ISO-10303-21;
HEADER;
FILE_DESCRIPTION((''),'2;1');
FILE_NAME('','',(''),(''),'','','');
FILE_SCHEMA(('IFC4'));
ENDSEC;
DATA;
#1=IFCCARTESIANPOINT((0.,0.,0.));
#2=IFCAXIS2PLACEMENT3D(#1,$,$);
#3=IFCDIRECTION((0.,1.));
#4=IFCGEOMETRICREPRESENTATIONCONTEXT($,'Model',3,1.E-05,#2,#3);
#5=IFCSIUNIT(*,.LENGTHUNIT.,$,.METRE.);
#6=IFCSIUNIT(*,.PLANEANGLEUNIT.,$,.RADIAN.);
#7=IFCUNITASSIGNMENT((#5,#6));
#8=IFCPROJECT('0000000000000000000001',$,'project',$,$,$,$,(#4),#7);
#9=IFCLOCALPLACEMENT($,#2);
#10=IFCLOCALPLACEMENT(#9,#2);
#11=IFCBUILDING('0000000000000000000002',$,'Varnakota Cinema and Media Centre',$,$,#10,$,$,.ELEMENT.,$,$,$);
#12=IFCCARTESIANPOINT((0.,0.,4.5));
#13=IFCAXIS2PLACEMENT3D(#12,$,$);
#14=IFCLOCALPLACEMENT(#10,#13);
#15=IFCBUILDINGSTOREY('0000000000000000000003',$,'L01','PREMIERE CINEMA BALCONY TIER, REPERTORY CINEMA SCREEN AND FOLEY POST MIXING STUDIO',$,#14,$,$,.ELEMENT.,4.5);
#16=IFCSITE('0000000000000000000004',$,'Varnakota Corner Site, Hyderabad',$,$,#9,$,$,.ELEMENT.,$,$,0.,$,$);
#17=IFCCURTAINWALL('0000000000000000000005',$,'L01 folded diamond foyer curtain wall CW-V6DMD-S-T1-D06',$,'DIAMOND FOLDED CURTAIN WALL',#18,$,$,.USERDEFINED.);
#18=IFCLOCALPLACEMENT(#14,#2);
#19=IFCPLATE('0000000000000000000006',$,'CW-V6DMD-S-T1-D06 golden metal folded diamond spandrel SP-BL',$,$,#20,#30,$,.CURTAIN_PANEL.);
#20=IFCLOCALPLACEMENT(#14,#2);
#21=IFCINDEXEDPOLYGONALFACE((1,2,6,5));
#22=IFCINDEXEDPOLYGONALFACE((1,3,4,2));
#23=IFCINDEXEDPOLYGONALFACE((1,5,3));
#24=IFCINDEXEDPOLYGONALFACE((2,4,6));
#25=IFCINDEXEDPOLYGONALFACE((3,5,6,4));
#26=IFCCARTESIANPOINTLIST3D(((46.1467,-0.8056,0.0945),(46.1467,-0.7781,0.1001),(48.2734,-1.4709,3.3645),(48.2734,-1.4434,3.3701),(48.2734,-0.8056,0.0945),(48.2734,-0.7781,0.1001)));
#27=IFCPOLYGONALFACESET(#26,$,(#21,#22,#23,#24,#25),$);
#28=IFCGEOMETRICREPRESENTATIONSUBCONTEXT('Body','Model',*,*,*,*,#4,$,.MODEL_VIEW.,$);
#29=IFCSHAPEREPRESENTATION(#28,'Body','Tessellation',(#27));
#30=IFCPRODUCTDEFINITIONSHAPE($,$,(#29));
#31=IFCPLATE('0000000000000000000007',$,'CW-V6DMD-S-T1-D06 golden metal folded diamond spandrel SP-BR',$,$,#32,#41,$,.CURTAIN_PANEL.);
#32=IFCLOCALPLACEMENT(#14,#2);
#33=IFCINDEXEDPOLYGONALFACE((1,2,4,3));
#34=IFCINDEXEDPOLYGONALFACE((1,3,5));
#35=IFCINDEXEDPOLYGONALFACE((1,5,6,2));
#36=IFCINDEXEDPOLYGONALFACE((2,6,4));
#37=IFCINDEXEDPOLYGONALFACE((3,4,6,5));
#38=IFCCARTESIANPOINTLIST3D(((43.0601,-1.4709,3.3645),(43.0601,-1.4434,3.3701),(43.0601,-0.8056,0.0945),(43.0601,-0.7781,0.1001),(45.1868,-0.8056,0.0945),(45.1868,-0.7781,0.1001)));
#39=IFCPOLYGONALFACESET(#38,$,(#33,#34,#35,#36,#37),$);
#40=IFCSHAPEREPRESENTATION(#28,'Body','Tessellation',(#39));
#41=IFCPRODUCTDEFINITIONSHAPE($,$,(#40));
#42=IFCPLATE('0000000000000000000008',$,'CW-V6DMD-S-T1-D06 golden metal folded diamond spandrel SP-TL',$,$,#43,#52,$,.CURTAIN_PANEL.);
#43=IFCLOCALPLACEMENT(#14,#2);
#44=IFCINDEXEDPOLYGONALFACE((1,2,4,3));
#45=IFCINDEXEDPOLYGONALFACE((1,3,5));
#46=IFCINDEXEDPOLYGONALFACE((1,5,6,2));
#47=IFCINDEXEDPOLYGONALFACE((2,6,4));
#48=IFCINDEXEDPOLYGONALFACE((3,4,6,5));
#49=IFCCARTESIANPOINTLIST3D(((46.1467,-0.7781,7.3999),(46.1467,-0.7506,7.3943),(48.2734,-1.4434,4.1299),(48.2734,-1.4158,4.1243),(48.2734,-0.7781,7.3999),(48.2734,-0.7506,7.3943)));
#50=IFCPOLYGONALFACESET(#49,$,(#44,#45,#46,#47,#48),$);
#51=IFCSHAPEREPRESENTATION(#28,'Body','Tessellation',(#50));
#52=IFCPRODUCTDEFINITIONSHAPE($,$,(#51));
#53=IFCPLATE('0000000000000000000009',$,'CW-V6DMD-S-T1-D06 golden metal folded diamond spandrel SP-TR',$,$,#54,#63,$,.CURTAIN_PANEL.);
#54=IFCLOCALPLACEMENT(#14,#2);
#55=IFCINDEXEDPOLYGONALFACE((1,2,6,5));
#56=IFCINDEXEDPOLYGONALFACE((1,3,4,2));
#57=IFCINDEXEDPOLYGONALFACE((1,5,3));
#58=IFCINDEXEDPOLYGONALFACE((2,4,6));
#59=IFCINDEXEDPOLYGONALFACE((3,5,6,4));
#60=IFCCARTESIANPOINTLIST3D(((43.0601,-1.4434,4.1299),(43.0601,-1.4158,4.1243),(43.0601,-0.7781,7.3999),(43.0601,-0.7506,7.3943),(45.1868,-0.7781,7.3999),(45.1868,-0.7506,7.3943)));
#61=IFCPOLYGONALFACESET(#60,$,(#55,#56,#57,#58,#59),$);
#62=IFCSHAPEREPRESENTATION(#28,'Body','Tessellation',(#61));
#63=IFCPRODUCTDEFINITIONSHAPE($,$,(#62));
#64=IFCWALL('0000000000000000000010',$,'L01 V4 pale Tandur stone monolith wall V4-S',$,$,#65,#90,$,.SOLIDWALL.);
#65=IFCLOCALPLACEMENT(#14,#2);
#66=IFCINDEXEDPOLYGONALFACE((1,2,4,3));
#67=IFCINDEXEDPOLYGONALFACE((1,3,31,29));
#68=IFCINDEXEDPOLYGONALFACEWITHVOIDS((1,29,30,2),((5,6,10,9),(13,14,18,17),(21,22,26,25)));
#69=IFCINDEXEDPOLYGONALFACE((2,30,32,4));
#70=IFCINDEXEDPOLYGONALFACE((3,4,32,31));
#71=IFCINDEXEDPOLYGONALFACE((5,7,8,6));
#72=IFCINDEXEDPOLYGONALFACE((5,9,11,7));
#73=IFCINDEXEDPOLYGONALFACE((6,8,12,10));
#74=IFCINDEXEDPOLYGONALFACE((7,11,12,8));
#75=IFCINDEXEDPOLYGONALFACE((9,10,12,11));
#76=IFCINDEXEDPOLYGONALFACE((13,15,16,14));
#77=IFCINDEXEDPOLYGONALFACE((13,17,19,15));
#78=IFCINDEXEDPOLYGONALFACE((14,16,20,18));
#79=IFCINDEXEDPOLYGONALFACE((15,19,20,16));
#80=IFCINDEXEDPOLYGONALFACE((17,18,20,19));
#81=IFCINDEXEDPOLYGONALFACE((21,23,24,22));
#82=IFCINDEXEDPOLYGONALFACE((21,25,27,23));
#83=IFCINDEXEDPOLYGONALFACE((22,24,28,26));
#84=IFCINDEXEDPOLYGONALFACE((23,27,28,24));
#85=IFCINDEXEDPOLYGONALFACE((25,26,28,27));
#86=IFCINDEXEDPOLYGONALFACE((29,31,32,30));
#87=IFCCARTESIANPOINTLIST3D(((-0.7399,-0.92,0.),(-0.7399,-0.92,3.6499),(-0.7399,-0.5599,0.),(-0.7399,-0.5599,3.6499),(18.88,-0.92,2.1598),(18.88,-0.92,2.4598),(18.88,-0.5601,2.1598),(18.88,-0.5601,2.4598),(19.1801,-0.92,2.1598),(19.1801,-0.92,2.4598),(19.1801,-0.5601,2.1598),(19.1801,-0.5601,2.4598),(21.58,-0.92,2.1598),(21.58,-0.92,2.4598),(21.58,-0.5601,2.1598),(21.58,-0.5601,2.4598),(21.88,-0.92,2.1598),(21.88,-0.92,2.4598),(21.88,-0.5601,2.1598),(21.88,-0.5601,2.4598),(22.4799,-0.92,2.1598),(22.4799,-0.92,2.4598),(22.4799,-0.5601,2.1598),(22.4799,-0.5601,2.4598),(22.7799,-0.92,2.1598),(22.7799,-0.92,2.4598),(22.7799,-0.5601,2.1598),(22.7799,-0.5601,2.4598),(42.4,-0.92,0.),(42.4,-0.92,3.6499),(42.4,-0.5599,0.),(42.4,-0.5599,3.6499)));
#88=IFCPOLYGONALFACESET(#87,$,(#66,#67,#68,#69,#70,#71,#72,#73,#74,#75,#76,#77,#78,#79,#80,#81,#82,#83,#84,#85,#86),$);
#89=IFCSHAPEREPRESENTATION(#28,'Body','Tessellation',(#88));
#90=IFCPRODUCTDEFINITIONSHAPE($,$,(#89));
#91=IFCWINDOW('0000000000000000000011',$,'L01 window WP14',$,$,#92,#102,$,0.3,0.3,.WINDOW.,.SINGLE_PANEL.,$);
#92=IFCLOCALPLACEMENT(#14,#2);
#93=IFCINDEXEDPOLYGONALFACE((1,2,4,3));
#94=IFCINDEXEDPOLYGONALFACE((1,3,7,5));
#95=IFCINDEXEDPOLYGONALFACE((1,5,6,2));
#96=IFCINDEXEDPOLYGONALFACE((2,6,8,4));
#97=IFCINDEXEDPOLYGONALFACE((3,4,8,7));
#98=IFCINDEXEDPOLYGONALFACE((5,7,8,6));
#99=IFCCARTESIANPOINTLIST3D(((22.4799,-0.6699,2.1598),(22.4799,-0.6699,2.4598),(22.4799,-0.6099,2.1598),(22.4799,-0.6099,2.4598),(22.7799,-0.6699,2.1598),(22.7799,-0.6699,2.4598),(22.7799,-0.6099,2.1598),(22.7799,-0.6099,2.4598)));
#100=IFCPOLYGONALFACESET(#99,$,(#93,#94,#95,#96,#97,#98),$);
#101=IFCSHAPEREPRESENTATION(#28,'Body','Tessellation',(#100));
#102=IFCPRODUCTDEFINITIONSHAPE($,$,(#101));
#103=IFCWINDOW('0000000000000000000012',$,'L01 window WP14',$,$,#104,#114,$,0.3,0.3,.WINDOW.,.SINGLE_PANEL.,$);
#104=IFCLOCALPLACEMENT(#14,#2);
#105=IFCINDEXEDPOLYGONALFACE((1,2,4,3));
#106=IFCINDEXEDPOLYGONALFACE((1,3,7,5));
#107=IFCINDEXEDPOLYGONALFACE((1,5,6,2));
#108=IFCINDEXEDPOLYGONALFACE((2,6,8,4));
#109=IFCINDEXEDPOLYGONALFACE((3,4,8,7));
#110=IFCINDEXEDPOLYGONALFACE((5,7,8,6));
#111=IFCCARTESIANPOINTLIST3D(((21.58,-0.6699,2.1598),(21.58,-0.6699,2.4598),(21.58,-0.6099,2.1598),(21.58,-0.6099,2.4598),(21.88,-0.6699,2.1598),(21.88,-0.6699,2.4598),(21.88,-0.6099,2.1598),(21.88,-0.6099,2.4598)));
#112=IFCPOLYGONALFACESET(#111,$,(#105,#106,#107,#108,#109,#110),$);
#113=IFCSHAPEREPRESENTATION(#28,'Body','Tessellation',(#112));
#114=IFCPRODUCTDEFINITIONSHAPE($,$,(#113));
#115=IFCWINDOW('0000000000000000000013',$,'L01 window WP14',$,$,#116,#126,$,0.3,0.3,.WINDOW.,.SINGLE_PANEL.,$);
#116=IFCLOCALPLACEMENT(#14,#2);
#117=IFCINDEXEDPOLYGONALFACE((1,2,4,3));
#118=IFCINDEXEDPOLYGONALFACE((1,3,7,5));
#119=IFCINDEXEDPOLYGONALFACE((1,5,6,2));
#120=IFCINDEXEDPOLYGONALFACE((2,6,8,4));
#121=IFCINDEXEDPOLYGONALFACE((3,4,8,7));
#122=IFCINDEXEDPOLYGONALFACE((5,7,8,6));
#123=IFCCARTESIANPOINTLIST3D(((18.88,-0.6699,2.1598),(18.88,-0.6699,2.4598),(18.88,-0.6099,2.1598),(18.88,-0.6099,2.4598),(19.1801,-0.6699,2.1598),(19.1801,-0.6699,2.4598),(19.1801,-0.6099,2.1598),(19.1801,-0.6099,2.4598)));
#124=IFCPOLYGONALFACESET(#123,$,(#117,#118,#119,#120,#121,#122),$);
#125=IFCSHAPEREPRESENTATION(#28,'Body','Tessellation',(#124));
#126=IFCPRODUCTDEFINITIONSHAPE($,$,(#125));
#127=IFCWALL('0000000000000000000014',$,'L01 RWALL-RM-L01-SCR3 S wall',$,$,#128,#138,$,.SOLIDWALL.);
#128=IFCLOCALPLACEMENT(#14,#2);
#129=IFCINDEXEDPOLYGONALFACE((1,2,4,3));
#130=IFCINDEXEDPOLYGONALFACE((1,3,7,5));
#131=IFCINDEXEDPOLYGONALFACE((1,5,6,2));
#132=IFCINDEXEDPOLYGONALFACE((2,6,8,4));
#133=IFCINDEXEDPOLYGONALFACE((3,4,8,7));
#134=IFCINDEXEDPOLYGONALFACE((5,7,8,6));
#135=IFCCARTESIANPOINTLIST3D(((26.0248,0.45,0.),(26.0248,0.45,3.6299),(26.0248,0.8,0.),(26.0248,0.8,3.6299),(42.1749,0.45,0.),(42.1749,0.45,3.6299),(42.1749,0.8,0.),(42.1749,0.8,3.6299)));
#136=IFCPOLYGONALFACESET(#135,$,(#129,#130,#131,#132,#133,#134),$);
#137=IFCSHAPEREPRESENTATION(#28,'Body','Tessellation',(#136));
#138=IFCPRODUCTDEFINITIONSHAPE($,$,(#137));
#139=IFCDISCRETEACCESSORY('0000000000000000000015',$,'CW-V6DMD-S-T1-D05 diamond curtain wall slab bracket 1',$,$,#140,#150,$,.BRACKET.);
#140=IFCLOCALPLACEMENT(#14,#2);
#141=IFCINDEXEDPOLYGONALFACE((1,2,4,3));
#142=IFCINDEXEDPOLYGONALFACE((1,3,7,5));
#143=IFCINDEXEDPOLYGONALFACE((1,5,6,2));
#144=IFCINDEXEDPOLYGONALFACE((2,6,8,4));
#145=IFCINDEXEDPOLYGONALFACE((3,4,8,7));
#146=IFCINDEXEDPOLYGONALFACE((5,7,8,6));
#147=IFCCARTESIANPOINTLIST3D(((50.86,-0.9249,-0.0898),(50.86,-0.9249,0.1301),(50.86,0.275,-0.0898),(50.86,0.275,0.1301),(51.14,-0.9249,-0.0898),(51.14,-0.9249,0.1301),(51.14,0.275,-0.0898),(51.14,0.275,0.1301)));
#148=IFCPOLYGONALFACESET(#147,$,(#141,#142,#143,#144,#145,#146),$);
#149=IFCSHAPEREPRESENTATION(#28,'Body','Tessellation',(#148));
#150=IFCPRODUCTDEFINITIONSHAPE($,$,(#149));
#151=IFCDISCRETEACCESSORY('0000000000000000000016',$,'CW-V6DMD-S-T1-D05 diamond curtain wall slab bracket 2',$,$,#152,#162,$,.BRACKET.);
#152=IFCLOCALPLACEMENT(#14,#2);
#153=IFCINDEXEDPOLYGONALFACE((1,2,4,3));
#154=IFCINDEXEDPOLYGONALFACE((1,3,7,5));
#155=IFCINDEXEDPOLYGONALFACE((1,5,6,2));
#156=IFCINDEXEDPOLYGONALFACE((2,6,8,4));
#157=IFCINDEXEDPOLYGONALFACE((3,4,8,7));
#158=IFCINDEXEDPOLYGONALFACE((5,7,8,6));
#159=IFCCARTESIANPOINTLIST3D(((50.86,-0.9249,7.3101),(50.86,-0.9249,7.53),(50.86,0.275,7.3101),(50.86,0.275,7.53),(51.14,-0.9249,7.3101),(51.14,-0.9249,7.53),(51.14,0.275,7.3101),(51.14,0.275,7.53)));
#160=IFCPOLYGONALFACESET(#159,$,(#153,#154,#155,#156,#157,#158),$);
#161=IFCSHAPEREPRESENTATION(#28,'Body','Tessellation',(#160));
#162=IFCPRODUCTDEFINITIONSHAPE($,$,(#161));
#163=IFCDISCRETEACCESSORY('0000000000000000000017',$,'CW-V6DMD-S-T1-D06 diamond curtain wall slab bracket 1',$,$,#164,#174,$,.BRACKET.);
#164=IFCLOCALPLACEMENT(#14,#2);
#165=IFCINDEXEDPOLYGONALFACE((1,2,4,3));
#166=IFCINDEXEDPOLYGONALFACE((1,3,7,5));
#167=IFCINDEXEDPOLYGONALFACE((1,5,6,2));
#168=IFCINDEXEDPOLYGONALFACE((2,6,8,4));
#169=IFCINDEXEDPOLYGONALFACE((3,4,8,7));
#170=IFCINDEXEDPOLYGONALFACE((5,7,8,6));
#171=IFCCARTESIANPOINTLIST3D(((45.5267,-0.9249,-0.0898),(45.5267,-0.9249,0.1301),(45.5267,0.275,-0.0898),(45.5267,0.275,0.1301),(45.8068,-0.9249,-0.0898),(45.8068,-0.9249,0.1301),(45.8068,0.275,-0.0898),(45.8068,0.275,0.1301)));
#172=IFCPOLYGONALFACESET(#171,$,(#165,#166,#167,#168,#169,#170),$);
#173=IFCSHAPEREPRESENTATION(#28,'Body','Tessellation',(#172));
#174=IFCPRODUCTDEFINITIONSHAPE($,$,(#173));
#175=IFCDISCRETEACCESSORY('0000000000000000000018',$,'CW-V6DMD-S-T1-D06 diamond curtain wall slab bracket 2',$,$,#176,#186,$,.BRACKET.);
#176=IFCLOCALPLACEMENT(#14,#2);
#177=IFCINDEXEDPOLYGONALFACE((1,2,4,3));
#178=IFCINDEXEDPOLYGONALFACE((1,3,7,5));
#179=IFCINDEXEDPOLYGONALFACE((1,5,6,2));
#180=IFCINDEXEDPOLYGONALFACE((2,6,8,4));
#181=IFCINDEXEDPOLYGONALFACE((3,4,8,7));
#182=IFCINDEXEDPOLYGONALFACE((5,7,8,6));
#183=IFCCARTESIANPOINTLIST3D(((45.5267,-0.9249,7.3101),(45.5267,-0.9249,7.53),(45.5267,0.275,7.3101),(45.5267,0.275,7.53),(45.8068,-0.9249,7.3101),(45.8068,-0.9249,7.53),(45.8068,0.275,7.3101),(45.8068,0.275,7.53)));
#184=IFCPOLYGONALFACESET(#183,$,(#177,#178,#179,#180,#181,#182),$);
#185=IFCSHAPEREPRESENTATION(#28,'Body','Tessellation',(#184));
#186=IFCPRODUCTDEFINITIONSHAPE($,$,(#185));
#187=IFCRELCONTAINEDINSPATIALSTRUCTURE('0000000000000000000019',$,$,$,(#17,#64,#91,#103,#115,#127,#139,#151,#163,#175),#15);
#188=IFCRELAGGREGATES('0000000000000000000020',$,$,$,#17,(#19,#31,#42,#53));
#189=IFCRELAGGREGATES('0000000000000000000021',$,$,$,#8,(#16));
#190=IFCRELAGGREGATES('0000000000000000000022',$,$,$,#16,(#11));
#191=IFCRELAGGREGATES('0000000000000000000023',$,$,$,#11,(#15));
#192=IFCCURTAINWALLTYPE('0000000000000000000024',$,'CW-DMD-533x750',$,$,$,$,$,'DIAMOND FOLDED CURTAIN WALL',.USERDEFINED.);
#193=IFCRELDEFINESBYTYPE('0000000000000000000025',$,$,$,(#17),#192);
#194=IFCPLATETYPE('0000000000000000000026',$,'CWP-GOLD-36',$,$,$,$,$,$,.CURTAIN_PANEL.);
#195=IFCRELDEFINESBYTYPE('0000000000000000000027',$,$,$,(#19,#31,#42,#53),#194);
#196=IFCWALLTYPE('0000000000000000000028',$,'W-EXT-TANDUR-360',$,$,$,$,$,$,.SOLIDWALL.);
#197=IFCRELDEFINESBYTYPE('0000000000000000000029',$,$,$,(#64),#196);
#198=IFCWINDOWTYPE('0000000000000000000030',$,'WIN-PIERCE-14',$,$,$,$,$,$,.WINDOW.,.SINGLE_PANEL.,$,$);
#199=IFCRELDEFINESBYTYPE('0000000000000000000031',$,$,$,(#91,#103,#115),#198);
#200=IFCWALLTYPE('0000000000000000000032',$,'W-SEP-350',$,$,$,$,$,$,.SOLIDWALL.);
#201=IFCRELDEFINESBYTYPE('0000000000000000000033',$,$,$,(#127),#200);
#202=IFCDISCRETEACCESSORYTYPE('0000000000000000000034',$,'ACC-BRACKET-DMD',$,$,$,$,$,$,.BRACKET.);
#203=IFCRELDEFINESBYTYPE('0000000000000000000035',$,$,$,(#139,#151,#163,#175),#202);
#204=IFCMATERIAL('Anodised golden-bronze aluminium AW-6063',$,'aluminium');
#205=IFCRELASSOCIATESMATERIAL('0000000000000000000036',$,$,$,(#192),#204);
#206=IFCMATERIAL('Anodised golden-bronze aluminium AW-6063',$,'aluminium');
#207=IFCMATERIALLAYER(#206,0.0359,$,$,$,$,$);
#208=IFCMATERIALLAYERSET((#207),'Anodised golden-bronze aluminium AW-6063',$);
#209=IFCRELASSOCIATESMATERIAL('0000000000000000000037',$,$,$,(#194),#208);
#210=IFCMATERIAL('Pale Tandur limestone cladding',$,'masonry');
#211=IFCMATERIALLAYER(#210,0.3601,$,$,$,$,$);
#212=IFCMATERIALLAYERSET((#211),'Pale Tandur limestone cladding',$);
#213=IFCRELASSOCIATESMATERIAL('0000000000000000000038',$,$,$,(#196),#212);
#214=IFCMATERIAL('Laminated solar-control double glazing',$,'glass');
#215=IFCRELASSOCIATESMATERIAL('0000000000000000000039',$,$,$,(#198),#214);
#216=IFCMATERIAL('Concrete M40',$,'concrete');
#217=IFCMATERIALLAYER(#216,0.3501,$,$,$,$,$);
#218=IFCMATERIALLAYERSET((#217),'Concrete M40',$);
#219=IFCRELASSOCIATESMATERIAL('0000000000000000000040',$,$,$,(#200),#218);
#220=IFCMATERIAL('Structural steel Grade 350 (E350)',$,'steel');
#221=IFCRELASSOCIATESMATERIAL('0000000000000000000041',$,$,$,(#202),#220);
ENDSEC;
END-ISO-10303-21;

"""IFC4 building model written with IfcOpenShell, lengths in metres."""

from ifc_helpers import new_model, si_unit, direction, frame, frame_2d, origin, origin_2d, place, context, subcontext, project, spatial, polyline, rectangle, outline, extrude, material, layer, layer_set, type_object, element, fill, aggregate, save


model = new_model("IFC4")

# Units and contexts
model_context = context("Model", 3, precision=1e-05, world=origin(), true_north=direction((0.0, 1.0)))
body_context = subcontext(model_context, "Body", "Model", "MODEL_VIEW")
ifc_project = project(units=[si_unit("LENGTHUNIT", "METRE"), si_unit("PLANEANGLEUNIT", "RADIAN")], contexts=[model_context])

# Site, building, storey
site_placement = place(None, origin())
site = spatial("IfcSite", under=ifc_project, at=site_placement, Name="Varnakota Corner Site, Hyderabad", CompositionType="ELEMENT", RefElevation=0.0)
building_placement = place(site_placement, origin())
building = spatial("IfcBuilding", under=site, at=building_placement, Name="Varnakota Cinema and Media Centre", CompositionType="ELEMENT")
storey_placement = place(building_placement, frame((0.0, 0.0, 4.5)))
storey = spatial("IfcBuildingStorey", under=building, at=storey_placement, Name="L01", Description="PREMIERE CINEMA BALCONY TIER, REPERTORY CINEMA SCREEN AND FOLEY POST MIXING STUDIO", CompositionType="ELEMENT", Elevation=4.5)

# Shared definitions
ifc_material_1 = material(Name="Anodised golden-bronze aluminium AW-6063", Category="aluminium")
curtain_wall_type = type_object("IfcCurtainWallType", Name="CW-DMD-533x750", ElementType="DIAMOND FOLDED CURTAIN WALL", PredefinedType="USERDEFINED", material=ifc_material_1)

# Curtain wall
curtain_wall_1_placement = place(storey_placement, origin())
curtain_wall_1 = element("IfcCurtainWall", 1, at=curtain_wall_1_placement, inside=storey, type_object=curtain_wall_type, Name="L01 folded diamond foyer curtain wall CW-V6DMD-S-T1-D06", ObjectType="DIAMOND FOLDED CURTAIN WALL", PredefinedType="USERDEFINED")

# Plates
ifc_material_2 = material(Name="Anodised golden-bronze aluminium AW-6063", Category="aluminium")
ifc_layer_1 = layer(ifc_material_2, 0.0359)
ifc_layer_set_1 = layer_set([ifc_layer_1], Name="Anodised golden-bronze aluminium AW-6063")
plate_type_1 = type_object("IfcPlateType", Name="CWP-GOLD-36", PredefinedType="CURTAIN_PANEL", material=ifc_layer_set_1)
plate_1_placement = place(storey_placement, frame((48.2734, -0.7781, 0.1001), z_axis=(0.0, 0.979925, 0.199365), x_axis=(-1.0, 0.0, 0.0)))
plate_1 = element("IfcPlate", 2, at=plate_1_placement, type_object=plate_type_1, Name="CW-V6DMD-S-T1-D06 golden metal folded diamond spandrel SP-BL", PredefinedType="CURTAIN_PANEL", context=body_context, shape_type="SweptSolid", body=[
    extrude(outline(polyline([(0.0, 0.0), (2.1267, 0.0), (0.0, 3.337), (0.0, 0.0)])), origin(), (0.0, 0.0, -1.0), 0.0281),
])
plate_2_placement = place(storey_placement, frame((45.1868, -0.7781, 0.1001), z_axis=(0.0, 0.979925, 0.199365), x_axis=(-1.0, 0.0, 0.0)))
plate_2 = element("IfcPlate", 3, at=plate_2_placement, type_object=plate_type_1, Name="CW-V6DMD-S-T1-D06 golden metal folded diamond spandrel SP-BR", PredefinedType="CURTAIN_PANEL", context=body_context, shape_type="SweptSolid", body=[
    extrude(outline(polyline([(0.0, 0.0), (2.1267, 0.0), (2.1267, 3.337), (0.0, 0.0)])), origin(), (0.0, 0.0, -1.0), 0.0281),
])
plate_3_placement = place(storey_placement, frame((48.2734, -1.4434, 4.1299), z_axis=(0.0, -0.979925, 0.199365), x_axis=(-0.537443, 0.168125, 0.826371)))
plate_3 = element("IfcPlate", 4, at=plate_3_placement, type_object=plate_type_1, Name="CW-V6DMD-S-T1-D06 golden metal folded diamond spandrel SP-TL", PredefinedType="CURTAIN_PANEL", context=body_context, shape_type="SweptSolid", body=[
    extrude(outline(polyline([(0.0, 0.0), (3.9571, 0.0), (2.8141, -1.7935), (0.0, 0.0)])), origin(), (0.0, 0.0, -1.0), 0.0281),
])
plate_4_placement = place(storey_placement, frame((43.0601, -1.4434, 4.1299), z_axis=(0.0, -0.979925, 0.199365), x_axis=(0.0, 0.199365, 0.979925)))
plate_4 = element("IfcPlate", 5, at=plate_4_placement, type_object=plate_type_1, Name="CW-V6DMD-S-T1-D06 golden metal folded diamond spandrel SP-TR", PredefinedType="CURTAIN_PANEL", context=body_context, shape_type="SweptSolid", body=[
    extrude(outline(polyline([(0.0, 0.0), (3.337, 0.0), (3.337, -2.1267), (0.0, 0.0)])), origin(), (0.0, 0.0, -1.0), 0.0281),
])
aggregate(curtain_wall_1, [plate_1, plate_2, plate_3, plate_4])

# Wall, openings, windows
ifc_material_3 = material(Name="Pale Tandur limestone cladding", Category="masonry")
ifc_layer_2 = layer(ifc_material_3, 0.3601)
ifc_layer_set_2 = layer_set([ifc_layer_2], Name="Pale Tandur limestone cladding")
wall_type_1 = type_object("IfcWallType", Name="W-EXT-TANDUR-360", PredefinedType="SOLIDWALL", material=ifc_layer_set_2)
wall_1_placement = place(storey_placement, frame((42.3999, -0.74, 0.0), z_axis=(0.0, 0.0, 1.0), x_axis=(-1.0, 0.0, 0.0)))
wall_1 = element("IfcWall", 6, at=wall_1_placement, inside=storey, type_object=wall_type_1, Name="L01 V4 pale Tandur stone monolith wall V4-S", PredefinedType="SOLIDWALL", context=body_context, shape_type="SweptSolid", body=[
    extrude(rectangle(XDim=43.1399, YDim=0.3601, at=frame_2d((21.5698, 0.0))), origin(), (0.0, 0.0, 1.0), 3.6499),
])
opening_1_placement = place(wall_1_placement, frame((19.6201, 0.0, 2.1599)))
opening_1 = element("IfcOpeningElement", 7, at=opening_1_placement, cuts=wall_1, PredefinedType="OPENING", context=body_context, shape_type="SweptSolid", body=[
    extrude(rectangle(XDim=0.3, YDim=0.3, at=frame_2d((0.1499, 0.1499))), frame((0.0, 0.1802, 0.0), z_axis=(0.0, -1.0, 0.0), x_axis=(1.0, 0.0, 0.0)), (0.0, 0.0, 1.0), 0.3601),
])
opening_2_placement = place(wall_1_placement, frame((20.52, 0.0, 2.1599)))
opening_2 = element("IfcOpeningElement", 8, at=opening_2_placement, cuts=wall_1, PredefinedType="OPENING", context=body_context, shape_type="SweptSolid", body=[
    extrude(rectangle(XDim=0.3, YDim=0.3, at=frame_2d((0.1499, 0.1499))), frame((0.0, 0.1802, 0.0), z_axis=(0.0, -1.0, 0.0), x_axis=(1.0, 0.0, 0.0)), (0.0, 0.0, 1.0), 0.3601),
])
opening_3_placement = place(wall_1_placement, frame((23.22, 0.0, 2.1599)))
opening_3 = element("IfcOpeningElement", 9, at=opening_3_placement, cuts=wall_1, PredefinedType="OPENING", context=body_context, shape_type="SweptSolid", body=[
    extrude(rectangle(XDim=0.3, YDim=0.3, at=frame_2d((0.1499, 0.1499))), frame((0.0, 0.1802, 0.0), z_axis=(0.0, -1.0, 0.0), x_axis=(1.0, 0.0, 0.0)), (0.0, 0.0, 1.0), 0.3601),
])
ifc_material_4 = material(Name="Laminated solar-control double glazing", Category="glass")
window_type = type_object("IfcWindowType", Name="WIN-PIERCE-14", PartitioningType="SINGLE_PANEL", PredefinedType="WINDOW", material=ifc_material_4)
window_1_placement = place(opening_1_placement, origin())
window_1 = element("IfcWindow", 10, at=window_1_placement, inside=storey, type_object=window_type, Name="L01 window WP14", OverallHeight=0.3, OverallWidth=0.3, PartitioningType="SINGLE_PANEL", PredefinedType="WINDOW", context=body_context, shape_type="SweptSolid", body=[
    extrude(rectangle(XDim=0.3, YDim=0.3, at=frame_2d((0.1499, 0.1499))), frame((0.0, -0.0701, 0.0), z_axis=(0.0, -1.0, 0.0), x_axis=(1.0, 0.0, 0.0)), (0.0, 0.0, 1.0), 0.0601),
])
fill(opening_1, window_1)
window_2_placement = place(opening_2_placement, origin())
window_2 = element("IfcWindow", 11, at=window_2_placement, inside=storey, type_object=window_type, Name="L01 window WP14", OverallHeight=0.3, OverallWidth=0.3, PartitioningType="SINGLE_PANEL", PredefinedType="WINDOW", context=body_context, shape_type="SweptSolid", body=[
    extrude(rectangle(XDim=0.3, YDim=0.3, at=frame_2d((0.1499, 0.1499))), frame((0.0, -0.0701, 0.0), z_axis=(0.0, -1.0, 0.0), x_axis=(1.0, 0.0, 0.0)), (0.0, 0.0, 1.0), 0.0601),
])
fill(opening_2, window_2)
window_3_placement = place(opening_3_placement, origin())
window_3 = element("IfcWindow", 12, at=window_3_placement, inside=storey, type_object=window_type, Name="L01 window WP14", OverallHeight=0.3, OverallWidth=0.3, PartitioningType="SINGLE_PANEL", PredefinedType="WINDOW", context=body_context, shape_type="SweptSolid", body=[
    extrude(rectangle(XDim=0.3, YDim=0.3, at=frame_2d((0.1499, 0.1499))), frame((0.0, -0.0701, 0.0), z_axis=(0.0, -1.0, 0.0), x_axis=(1.0, 0.0, 0.0)), (0.0, 0.0, 1.0), 0.0601),
])
fill(opening_3, window_3)

# Wall
ifc_material_5 = material(Name="Concrete M40", Category="concrete")
ifc_layer_3 = layer(ifc_material_5, 0.3501)
ifc_layer_set_3 = layer_set([ifc_layer_3], Name="Concrete M40")
wall_type_2 = type_object("IfcWallType", Name="W-SEP-350", PredefinedType="SOLIDWALL", material=ifc_layer_set_3)
wall_2_placement = place(storey_placement, frame((42.175, 0.625, 0.0), z_axis=(0.0, 0.0, 1.0), x_axis=(-1.0, 0.0, 0.0)))
element("IfcWall", 13, at=wall_2_placement, inside=storey, type_object=wall_type_2, Name="L01 RWALL-RM-L01-SCR3 S wall", PredefinedType="SOLIDWALL", context=body_context, shape_type="SweptSolid", body=[
    extrude(rectangle(XDim=16.1501, YDim=0.3501, at=frame_2d((8.0752, 0.0))), origin(), (0.0, 0.0, 1.0), 3.6299),
])

# Discrete accessories
ifc_material_6 = material(Name="Structural steel Grade 350 (E350)", Category="steel")
discrete_accessory_type = type_object("IfcDiscreteAccessoryType", Name="ACC-BRACKET-DMD", PredefinedType="BRACKET", material=ifc_material_6)
for number, where, z_axis, x_axis, name in (
    (14, (51.0, -0.325, -0.0898), (0.0, 0.0, 1.0), (-1.0, 0.0, 0.0), "CW-V6DMD-S-T1-D05 diamond curtain wall slab bracket 1"),
    (15, (51.0, -0.325, 7.3101), (0.0, 0.0, 1.0), (-1.0, 0.0, 0.0), "CW-V6DMD-S-T1-D05 diamond curtain wall slab bracket 2"),
    (16, (45.6667, -0.325, -0.0898), (0.0, 0.0, 1.0), (-1.0, 0.0, 0.0), "CW-V6DMD-S-T1-D06 diamond curtain wall slab bracket 1"),
    (17, (45.6667, -0.325, 7.3101), (0.0, 0.0, 1.0), (-1.0, 0.0, 0.0), "CW-V6DMD-S-T1-D06 diamond curtain wall slab bracket 2"),
):
    element("IfcDiscreteAccessory", number, at=place(storey_placement, frame(where, z_axis=z_axis, x_axis=x_axis)), inside=storey, type_object=discrete_accessory_type, Name=name, PredefinedType="BRACKET", context=body_context, shape_type="SweptSolid", body=[
        extrude(rectangle(XDim=0.28, YDim=1.2, at=origin_2d()), origin(), (0.0, 0.0, 1.0), 0.22),
    ])

save(model, "model.ifc")
